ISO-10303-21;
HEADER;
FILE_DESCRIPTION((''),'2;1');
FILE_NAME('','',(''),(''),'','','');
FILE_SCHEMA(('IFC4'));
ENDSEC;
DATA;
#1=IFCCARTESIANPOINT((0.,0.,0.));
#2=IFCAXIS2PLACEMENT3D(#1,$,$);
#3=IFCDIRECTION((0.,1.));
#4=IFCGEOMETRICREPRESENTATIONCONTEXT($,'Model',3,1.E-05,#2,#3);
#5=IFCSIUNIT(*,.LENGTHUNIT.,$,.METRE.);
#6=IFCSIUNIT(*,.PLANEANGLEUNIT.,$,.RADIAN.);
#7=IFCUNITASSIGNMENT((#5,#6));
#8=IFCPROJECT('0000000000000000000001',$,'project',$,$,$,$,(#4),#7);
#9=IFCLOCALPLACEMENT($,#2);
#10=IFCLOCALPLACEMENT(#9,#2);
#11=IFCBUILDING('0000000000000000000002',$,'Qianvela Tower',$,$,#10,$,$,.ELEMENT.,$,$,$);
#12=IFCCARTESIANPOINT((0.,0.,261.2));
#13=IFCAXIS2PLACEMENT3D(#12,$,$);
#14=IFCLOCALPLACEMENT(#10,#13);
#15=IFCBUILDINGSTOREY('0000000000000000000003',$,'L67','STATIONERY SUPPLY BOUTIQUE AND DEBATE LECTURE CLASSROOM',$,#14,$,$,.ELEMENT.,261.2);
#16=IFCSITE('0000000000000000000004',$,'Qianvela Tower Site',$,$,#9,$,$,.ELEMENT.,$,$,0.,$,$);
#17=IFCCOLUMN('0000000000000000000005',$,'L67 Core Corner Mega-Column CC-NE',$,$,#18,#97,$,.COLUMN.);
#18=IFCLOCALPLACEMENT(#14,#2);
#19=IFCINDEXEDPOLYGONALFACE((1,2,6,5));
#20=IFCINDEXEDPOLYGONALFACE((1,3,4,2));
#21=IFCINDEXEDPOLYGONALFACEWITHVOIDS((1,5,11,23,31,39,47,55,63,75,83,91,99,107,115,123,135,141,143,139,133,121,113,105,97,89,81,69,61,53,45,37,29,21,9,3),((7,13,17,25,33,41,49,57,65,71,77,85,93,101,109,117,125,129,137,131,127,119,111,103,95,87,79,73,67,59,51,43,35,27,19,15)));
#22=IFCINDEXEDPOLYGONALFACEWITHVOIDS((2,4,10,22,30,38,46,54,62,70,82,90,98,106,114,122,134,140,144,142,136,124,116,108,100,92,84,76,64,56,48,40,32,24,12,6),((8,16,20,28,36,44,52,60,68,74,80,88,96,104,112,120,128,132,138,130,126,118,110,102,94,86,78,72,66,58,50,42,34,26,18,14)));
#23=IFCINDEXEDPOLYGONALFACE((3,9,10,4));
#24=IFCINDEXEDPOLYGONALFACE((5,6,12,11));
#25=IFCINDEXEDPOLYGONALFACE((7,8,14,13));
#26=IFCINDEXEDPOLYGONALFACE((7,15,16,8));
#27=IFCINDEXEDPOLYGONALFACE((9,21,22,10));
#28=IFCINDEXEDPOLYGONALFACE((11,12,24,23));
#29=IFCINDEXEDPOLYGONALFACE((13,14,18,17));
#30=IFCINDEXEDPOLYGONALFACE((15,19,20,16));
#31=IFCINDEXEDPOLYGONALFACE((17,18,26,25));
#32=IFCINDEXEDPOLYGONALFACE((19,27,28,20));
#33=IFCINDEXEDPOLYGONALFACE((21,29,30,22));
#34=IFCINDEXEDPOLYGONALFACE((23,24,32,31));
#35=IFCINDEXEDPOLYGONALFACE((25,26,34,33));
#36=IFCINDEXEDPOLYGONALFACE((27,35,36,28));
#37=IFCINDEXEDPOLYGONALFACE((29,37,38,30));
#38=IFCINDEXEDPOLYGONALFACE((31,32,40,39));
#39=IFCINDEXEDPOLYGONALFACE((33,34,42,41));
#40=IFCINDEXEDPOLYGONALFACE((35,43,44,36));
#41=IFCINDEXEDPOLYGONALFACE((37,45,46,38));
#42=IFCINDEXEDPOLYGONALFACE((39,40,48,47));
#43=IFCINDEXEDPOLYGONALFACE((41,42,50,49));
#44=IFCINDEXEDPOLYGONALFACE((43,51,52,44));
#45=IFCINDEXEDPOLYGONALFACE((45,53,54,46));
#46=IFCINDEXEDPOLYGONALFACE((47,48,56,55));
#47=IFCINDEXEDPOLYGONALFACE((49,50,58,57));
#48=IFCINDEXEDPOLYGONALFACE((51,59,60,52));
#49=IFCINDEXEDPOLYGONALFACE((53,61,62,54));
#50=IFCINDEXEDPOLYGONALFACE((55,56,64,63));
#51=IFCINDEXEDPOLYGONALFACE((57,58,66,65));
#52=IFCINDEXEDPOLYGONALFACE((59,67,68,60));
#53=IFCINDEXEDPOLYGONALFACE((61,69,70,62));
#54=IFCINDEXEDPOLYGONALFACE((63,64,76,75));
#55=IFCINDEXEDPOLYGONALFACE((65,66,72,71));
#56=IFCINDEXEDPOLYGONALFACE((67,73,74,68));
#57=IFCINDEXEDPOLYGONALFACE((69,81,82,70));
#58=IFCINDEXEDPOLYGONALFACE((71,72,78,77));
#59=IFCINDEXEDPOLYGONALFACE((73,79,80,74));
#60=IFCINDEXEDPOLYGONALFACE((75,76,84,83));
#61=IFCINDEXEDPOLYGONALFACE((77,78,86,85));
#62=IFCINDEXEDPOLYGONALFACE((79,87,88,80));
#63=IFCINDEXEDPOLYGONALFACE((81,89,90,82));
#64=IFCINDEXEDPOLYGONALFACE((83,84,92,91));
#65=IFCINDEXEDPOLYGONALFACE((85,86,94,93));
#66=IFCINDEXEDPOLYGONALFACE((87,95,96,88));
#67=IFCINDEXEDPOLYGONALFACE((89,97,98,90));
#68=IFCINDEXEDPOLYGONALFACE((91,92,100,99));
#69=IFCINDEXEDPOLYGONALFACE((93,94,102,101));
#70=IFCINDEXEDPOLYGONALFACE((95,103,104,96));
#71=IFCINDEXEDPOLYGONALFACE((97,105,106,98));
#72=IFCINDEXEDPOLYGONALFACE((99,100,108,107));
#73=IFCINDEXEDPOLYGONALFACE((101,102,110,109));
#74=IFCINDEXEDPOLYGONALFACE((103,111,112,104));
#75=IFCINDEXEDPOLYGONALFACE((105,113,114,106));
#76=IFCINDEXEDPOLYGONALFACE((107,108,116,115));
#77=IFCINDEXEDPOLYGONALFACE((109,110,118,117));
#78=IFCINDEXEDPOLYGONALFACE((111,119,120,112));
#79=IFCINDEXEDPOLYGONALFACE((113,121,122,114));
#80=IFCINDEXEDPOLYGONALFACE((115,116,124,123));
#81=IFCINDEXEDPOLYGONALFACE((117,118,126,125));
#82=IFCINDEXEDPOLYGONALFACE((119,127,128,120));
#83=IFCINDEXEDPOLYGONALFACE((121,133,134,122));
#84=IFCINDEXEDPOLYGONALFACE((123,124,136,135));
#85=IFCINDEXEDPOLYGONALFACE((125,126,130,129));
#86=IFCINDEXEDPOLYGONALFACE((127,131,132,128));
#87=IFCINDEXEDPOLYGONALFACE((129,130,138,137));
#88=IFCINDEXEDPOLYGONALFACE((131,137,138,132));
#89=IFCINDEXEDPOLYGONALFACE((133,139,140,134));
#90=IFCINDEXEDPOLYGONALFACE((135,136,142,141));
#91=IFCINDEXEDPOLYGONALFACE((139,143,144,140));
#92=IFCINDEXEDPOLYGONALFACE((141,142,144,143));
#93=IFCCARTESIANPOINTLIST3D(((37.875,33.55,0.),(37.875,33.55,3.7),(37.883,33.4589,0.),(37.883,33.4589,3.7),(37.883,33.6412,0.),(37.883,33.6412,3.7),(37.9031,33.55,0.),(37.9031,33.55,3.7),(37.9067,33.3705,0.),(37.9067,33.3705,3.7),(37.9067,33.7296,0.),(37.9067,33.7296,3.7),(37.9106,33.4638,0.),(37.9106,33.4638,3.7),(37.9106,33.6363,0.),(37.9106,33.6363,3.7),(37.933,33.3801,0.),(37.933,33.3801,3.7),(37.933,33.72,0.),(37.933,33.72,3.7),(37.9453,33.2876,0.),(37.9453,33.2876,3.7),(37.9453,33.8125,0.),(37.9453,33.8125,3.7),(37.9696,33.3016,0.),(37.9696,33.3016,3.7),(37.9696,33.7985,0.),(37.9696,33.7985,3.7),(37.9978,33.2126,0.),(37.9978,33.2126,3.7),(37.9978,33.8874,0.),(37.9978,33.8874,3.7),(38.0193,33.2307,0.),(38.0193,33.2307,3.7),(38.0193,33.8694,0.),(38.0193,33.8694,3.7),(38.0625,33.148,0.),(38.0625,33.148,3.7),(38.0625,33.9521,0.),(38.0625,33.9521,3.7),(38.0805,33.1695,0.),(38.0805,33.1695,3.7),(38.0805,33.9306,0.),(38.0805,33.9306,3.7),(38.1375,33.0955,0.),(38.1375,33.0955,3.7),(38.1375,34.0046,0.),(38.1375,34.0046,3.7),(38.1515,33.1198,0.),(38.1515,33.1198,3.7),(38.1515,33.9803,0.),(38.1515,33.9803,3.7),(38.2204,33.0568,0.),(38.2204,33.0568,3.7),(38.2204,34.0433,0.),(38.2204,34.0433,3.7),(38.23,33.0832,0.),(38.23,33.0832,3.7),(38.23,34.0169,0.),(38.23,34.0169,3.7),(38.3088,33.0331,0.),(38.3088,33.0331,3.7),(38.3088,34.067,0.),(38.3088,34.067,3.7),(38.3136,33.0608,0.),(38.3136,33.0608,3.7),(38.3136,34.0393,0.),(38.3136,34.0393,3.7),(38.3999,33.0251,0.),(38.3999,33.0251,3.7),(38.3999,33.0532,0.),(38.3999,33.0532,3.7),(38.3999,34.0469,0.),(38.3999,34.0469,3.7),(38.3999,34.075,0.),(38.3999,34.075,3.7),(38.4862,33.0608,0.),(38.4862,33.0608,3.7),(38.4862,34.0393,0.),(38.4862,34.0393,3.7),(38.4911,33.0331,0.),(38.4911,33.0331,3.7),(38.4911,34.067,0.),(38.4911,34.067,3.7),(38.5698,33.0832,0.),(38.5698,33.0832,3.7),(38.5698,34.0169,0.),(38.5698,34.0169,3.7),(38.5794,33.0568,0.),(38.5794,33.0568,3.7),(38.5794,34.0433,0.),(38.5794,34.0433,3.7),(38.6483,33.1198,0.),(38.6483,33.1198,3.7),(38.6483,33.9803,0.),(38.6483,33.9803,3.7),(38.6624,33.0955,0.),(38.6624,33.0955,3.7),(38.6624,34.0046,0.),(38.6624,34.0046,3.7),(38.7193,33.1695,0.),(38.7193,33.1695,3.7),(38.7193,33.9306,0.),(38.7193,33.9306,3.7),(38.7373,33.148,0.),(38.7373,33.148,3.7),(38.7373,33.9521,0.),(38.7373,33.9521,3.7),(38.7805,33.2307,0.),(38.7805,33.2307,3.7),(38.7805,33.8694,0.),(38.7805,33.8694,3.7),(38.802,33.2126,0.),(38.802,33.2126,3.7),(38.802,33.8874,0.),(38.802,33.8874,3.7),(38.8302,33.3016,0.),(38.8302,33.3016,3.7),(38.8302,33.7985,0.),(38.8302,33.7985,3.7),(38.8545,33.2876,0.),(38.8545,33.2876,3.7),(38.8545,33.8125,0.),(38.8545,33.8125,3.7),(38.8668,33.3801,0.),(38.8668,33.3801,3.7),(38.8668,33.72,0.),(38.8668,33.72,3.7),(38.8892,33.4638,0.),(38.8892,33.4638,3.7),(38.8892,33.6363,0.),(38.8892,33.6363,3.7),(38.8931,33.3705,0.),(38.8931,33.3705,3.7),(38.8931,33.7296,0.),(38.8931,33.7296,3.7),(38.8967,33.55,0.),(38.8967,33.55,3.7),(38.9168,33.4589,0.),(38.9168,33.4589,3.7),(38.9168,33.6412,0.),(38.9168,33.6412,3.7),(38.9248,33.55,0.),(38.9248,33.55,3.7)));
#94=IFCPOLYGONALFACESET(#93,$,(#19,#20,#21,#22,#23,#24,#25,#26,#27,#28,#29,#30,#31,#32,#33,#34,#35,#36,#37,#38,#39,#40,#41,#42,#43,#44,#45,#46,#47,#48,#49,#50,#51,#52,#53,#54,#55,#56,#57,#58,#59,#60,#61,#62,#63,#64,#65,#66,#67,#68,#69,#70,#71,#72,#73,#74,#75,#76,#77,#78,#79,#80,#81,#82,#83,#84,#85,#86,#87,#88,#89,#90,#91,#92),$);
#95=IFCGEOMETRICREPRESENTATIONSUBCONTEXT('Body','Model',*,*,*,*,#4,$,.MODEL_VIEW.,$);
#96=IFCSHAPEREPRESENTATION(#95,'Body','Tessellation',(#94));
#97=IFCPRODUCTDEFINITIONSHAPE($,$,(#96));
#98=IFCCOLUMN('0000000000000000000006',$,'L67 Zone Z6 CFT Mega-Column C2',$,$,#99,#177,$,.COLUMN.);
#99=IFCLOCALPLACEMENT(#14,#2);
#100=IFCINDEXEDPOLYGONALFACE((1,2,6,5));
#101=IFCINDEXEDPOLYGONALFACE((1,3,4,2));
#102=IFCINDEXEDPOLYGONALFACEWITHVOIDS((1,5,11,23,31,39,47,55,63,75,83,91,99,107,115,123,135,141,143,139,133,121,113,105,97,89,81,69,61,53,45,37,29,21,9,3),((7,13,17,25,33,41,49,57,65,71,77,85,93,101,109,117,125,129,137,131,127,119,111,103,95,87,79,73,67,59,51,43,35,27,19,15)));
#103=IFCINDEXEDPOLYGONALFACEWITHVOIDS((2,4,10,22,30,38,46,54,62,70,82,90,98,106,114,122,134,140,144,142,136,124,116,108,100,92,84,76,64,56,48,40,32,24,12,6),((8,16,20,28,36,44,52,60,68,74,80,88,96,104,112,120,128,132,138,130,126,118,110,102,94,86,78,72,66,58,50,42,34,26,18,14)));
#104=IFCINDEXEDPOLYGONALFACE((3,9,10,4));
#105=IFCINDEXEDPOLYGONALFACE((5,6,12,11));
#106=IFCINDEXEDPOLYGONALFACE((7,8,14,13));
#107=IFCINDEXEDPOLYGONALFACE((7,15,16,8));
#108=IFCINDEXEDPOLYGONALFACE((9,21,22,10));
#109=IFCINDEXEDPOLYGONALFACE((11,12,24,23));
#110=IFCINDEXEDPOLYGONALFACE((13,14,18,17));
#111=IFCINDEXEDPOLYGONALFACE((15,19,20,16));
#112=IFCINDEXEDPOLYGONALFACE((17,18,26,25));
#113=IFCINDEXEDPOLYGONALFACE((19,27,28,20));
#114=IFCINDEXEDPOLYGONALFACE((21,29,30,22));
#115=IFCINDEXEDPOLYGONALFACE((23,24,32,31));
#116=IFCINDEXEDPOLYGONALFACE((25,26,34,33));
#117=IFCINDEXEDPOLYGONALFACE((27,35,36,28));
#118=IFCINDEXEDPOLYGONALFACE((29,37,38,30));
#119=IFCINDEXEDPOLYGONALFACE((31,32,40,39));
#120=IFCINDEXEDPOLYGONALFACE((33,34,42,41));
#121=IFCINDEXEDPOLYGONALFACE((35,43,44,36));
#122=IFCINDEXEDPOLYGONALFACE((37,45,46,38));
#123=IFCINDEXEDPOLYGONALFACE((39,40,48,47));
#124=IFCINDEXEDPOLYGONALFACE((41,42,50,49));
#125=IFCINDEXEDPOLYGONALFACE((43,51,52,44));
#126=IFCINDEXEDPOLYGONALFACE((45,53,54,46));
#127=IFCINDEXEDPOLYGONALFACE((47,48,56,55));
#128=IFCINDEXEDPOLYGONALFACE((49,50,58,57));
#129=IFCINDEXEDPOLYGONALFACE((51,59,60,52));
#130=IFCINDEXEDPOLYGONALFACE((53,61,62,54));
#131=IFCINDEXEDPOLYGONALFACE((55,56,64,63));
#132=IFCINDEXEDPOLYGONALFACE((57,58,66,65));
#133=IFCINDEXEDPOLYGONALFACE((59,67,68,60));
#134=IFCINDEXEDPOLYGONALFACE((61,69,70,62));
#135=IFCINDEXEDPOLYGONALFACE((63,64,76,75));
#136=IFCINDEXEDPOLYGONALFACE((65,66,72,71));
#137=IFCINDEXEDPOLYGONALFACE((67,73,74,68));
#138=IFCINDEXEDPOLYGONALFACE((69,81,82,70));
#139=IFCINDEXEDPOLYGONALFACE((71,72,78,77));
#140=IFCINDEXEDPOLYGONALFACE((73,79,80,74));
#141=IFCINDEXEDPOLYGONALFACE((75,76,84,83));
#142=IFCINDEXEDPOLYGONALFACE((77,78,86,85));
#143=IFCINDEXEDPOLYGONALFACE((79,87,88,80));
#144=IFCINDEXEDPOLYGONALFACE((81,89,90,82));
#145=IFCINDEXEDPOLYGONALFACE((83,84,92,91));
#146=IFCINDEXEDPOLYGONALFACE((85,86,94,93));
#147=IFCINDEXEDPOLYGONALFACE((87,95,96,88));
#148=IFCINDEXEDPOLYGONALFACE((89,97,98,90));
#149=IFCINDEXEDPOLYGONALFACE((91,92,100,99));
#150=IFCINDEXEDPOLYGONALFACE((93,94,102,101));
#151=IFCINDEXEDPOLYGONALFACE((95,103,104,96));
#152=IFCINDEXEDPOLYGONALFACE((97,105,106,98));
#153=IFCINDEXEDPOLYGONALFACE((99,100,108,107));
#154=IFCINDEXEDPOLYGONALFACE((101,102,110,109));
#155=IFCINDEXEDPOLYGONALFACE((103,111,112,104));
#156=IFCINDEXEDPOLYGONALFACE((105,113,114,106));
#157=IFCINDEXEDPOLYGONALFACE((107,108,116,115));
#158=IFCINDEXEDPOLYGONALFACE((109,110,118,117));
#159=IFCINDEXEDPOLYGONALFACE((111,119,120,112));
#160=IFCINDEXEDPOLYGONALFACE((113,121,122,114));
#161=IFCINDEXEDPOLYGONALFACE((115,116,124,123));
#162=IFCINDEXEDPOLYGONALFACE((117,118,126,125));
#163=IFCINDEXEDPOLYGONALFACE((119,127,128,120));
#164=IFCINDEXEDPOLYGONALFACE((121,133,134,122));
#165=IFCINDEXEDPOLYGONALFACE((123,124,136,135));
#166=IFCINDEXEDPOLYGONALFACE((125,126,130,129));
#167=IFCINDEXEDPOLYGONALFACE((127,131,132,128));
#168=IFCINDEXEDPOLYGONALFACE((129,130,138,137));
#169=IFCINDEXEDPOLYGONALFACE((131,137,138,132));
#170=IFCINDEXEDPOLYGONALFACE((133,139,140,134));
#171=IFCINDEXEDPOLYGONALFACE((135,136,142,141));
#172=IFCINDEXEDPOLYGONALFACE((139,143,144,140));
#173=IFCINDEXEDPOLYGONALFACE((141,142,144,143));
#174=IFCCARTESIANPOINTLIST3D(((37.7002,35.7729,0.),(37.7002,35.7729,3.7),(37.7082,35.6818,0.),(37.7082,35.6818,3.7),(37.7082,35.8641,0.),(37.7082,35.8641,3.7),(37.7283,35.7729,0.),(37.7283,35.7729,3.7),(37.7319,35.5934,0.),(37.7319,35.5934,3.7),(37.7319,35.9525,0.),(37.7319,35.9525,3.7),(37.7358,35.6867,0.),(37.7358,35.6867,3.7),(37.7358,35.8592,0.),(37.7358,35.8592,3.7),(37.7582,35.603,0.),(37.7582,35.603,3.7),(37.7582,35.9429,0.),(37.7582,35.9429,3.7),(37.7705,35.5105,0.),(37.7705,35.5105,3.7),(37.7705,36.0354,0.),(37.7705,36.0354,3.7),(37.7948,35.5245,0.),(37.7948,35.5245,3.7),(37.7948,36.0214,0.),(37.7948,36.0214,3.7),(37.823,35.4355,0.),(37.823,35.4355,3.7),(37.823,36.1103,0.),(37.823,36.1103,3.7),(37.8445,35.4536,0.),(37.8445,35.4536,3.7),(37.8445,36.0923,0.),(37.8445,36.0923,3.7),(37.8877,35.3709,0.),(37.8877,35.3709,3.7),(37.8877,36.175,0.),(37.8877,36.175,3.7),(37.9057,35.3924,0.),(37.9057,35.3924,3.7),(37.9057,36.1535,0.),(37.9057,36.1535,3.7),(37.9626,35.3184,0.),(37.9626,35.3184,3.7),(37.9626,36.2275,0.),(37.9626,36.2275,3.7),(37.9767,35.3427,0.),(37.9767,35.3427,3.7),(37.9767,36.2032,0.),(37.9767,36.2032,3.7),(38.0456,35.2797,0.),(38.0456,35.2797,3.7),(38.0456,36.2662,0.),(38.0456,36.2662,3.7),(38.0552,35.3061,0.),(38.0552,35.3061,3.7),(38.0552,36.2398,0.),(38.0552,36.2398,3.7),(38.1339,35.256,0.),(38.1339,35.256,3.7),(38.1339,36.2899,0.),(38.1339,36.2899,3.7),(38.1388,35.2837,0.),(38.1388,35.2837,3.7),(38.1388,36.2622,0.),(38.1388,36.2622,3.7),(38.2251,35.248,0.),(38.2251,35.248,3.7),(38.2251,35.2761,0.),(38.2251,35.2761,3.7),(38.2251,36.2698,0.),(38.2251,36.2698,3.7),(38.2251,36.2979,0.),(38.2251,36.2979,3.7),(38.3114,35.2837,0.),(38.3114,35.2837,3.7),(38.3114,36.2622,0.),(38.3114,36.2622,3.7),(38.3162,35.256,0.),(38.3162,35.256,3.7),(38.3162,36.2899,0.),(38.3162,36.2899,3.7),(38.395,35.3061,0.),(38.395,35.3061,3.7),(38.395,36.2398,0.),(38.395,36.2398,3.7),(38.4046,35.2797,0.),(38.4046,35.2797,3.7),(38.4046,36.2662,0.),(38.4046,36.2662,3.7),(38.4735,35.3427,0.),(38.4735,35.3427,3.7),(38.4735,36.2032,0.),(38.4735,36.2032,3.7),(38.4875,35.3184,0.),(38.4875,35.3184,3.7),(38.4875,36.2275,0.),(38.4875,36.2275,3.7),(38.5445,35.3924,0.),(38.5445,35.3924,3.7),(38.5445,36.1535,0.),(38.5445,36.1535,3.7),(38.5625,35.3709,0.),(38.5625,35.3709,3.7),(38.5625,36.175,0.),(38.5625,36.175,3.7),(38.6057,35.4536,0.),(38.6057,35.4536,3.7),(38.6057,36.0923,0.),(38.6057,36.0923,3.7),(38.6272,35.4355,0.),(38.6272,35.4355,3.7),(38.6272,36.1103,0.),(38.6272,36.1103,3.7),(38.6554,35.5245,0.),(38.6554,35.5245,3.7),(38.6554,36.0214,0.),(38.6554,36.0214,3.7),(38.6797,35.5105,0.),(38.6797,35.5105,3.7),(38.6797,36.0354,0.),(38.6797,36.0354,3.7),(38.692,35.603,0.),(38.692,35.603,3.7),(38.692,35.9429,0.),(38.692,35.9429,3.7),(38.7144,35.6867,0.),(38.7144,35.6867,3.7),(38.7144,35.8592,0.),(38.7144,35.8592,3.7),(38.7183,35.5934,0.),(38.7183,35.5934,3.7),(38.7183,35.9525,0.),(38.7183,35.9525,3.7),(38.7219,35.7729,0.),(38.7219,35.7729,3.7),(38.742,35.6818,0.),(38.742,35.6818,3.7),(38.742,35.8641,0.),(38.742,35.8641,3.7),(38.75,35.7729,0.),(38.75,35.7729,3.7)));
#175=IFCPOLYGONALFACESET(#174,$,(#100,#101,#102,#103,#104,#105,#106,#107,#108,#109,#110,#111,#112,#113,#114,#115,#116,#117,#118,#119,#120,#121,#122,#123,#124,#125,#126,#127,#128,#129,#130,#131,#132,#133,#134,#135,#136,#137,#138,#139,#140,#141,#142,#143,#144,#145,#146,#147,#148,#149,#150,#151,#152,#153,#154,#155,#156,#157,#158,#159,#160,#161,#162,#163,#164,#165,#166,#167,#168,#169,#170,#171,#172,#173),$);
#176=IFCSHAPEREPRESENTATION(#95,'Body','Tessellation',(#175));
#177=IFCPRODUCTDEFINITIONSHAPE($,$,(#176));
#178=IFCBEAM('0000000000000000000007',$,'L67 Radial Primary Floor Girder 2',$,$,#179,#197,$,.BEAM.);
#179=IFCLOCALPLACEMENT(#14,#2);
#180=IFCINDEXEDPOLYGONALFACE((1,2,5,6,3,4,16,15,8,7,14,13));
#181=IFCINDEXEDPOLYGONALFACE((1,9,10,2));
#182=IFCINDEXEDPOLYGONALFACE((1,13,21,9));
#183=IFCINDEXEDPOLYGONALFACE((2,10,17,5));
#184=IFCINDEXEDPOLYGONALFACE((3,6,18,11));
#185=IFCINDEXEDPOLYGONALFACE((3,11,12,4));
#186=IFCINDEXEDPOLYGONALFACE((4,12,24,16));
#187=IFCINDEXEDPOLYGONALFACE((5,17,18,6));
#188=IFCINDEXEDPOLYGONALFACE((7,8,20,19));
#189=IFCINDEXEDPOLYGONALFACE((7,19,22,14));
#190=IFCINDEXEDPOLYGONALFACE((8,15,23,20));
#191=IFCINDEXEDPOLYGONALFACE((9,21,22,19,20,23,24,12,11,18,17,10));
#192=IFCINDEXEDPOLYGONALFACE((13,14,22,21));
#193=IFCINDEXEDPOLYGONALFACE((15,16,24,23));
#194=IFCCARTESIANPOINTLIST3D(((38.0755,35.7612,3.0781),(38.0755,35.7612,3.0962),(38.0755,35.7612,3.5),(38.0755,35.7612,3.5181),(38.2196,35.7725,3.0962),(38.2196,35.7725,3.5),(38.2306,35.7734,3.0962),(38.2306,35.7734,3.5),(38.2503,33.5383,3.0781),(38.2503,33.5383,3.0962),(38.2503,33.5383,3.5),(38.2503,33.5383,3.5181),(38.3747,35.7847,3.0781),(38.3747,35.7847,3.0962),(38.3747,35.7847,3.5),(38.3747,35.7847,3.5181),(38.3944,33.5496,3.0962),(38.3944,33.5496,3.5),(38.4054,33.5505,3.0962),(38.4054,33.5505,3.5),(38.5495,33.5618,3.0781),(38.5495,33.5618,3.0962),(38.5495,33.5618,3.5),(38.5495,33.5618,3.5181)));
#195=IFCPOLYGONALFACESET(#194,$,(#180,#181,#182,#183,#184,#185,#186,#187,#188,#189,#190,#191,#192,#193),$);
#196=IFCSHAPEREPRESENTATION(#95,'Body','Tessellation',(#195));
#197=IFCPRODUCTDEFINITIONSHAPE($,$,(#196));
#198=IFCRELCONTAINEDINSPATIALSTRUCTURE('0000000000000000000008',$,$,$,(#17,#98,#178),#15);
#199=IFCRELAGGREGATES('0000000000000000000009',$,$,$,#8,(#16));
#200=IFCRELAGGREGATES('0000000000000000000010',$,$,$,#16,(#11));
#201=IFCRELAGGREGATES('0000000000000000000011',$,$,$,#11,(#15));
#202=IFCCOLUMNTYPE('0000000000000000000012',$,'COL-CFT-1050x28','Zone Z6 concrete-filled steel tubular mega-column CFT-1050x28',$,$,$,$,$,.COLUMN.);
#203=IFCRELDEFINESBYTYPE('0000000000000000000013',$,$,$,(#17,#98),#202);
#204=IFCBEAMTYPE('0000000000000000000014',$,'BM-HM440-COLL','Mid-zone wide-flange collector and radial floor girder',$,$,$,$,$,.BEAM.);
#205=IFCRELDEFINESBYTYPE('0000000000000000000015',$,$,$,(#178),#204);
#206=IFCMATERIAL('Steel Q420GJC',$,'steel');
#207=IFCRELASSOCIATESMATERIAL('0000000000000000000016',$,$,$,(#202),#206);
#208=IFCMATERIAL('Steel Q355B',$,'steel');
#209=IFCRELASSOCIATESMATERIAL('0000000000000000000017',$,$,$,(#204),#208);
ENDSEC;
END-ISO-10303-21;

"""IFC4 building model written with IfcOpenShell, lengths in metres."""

from ifc_helpers import new_model, si_unit, direction, frame, origin, origin_2d, place, context, subcontext, project, spatial, hollow_circle, i_section, extrude, material, material_profile, profile_set, type_object, element, save


model = new_model("IFC4")

# Units and contexts
model_context = context("Model", 3, precision=1e-05, world=origin(), true_north=direction((0.0, 1.0)))
body_context = subcontext(model_context, "Body", "Model", "MODEL_VIEW")
ifc_project = project(units=[si_unit("LENGTHUNIT", "METRE"), si_unit("PLANEANGLEUNIT", "RADIAN")], contexts=[model_context])

# Site, building, storey
site_placement = place(None, origin())
site = spatial("IfcSite", under=ifc_project, at=site_placement, Name="Qianvela Tower Site", CompositionType="ELEMENT", RefElevation=0.0)
building_placement = place(site_placement, origin())
building = spatial("IfcBuilding", under=site, at=building_placement, Name="Qianvela Tower", CompositionType="ELEMENT")
storey_placement = place(building_placement, frame((0.0, 0.0, 261.2)))
storey = spatial("IfcBuildingStorey", under=building, at=storey_placement, Name="L67", Description="STATIONERY SUPPLY BOUTIQUE AND DEBATE LECTURE CLASSROOM", CompositionType="ELEMENT", Elevation=261.2)

# Columns
ifc_material_1 = material(Name="Steel Q420GJC", Category="steel")
ifc_material_profile_1 = material_profile(ifc_material_1, hollow_circle(Radius=0.5249, WallThickness=0.0281, at=origin_2d()), Name="CFT-1050x28")
ifc_profile_set_1 = profile_set([ifc_material_profile_1], Name="Steel Q420GJC")
column_type = type_object("IfcColumnType", Name="COL-CFT-1050x28", Description="Zone Z6 concrete-filled steel tubular mega-column CFT-1050x28", PredefinedType="COLUMN", material=ifc_profile_set_1)
for number, where, z_axis, x_axis, name in (
    (1, (38.3999, 33.55, 0.0), (0.0, 0.0, 1.0), (1.0, 0.0, 0.0), "L67 Core Corner Mega-Column CC-NE"),
    (2, (38.2251, 35.7729, 0.0), (0.0, 0.0, 1.0), (1.0, 0.0, 0.0), "L67 Zone Z6 CFT Mega-Column C2"),
):
    element("IfcColumn", number, at=place(storey_placement, frame(where, z_axis=z_axis, x_axis=x_axis)), inside=storey, type_object=column_type, Name=name, PredefinedType="COLUMN", context=body_context, shape_type="SweptSolid", body=[
        extrude(hollow_circle(Radius=0.5249, WallThickness=0.0281, at=origin_2d()), origin(), (0.0, 0.0, 1.0), 3.7),
    ])

# Beam
ifc_material_2 = material(Name="Steel Q355B", Category="steel")
ifc_material_profile_2 = material_profile(ifc_material_2, i_section(OverallWidth=0.3, OverallDepth=0.4399, WebThickness=0.011, FlangeThickness=0.0181, at=origin_2d()), Name="HM440x300x11x18")
ifc_profile_set_2 = profile_set([ifc_material_profile_2], Name="Steel Q355B")
beam_type_1 = type_object("IfcBeamType", Name="BM-HM440-COLL", Description="Mid-zone wide-flange collector and radial floor girder", PredefinedType="BEAM", material=ifc_profile_set_2)
beam_1_placement = place(storey_placement, frame((38.3999, 33.55, 3.2981), z_axis=(-0.078396, 0.996922, 0.0), x_axis=(-0.996922, -0.078396, 0.0)))
element("IfcBeam", 3, at=beam_1_placement, inside=storey, type_object=beam_type_1, Name="L67 Radial Primary Floor Girder 2", PredefinedType="BEAM", context=body_context, shape_type="SweptSolid", body=[
    extrude(i_section(OverallWidth=0.3, OverallDepth=0.4399, WebThickness=0.011, FlangeThickness=0.0181, at=origin_2d()), origin(), (0.0, 0.0, 1.0), 2.2297),
])

save(model, "model.ifc")
